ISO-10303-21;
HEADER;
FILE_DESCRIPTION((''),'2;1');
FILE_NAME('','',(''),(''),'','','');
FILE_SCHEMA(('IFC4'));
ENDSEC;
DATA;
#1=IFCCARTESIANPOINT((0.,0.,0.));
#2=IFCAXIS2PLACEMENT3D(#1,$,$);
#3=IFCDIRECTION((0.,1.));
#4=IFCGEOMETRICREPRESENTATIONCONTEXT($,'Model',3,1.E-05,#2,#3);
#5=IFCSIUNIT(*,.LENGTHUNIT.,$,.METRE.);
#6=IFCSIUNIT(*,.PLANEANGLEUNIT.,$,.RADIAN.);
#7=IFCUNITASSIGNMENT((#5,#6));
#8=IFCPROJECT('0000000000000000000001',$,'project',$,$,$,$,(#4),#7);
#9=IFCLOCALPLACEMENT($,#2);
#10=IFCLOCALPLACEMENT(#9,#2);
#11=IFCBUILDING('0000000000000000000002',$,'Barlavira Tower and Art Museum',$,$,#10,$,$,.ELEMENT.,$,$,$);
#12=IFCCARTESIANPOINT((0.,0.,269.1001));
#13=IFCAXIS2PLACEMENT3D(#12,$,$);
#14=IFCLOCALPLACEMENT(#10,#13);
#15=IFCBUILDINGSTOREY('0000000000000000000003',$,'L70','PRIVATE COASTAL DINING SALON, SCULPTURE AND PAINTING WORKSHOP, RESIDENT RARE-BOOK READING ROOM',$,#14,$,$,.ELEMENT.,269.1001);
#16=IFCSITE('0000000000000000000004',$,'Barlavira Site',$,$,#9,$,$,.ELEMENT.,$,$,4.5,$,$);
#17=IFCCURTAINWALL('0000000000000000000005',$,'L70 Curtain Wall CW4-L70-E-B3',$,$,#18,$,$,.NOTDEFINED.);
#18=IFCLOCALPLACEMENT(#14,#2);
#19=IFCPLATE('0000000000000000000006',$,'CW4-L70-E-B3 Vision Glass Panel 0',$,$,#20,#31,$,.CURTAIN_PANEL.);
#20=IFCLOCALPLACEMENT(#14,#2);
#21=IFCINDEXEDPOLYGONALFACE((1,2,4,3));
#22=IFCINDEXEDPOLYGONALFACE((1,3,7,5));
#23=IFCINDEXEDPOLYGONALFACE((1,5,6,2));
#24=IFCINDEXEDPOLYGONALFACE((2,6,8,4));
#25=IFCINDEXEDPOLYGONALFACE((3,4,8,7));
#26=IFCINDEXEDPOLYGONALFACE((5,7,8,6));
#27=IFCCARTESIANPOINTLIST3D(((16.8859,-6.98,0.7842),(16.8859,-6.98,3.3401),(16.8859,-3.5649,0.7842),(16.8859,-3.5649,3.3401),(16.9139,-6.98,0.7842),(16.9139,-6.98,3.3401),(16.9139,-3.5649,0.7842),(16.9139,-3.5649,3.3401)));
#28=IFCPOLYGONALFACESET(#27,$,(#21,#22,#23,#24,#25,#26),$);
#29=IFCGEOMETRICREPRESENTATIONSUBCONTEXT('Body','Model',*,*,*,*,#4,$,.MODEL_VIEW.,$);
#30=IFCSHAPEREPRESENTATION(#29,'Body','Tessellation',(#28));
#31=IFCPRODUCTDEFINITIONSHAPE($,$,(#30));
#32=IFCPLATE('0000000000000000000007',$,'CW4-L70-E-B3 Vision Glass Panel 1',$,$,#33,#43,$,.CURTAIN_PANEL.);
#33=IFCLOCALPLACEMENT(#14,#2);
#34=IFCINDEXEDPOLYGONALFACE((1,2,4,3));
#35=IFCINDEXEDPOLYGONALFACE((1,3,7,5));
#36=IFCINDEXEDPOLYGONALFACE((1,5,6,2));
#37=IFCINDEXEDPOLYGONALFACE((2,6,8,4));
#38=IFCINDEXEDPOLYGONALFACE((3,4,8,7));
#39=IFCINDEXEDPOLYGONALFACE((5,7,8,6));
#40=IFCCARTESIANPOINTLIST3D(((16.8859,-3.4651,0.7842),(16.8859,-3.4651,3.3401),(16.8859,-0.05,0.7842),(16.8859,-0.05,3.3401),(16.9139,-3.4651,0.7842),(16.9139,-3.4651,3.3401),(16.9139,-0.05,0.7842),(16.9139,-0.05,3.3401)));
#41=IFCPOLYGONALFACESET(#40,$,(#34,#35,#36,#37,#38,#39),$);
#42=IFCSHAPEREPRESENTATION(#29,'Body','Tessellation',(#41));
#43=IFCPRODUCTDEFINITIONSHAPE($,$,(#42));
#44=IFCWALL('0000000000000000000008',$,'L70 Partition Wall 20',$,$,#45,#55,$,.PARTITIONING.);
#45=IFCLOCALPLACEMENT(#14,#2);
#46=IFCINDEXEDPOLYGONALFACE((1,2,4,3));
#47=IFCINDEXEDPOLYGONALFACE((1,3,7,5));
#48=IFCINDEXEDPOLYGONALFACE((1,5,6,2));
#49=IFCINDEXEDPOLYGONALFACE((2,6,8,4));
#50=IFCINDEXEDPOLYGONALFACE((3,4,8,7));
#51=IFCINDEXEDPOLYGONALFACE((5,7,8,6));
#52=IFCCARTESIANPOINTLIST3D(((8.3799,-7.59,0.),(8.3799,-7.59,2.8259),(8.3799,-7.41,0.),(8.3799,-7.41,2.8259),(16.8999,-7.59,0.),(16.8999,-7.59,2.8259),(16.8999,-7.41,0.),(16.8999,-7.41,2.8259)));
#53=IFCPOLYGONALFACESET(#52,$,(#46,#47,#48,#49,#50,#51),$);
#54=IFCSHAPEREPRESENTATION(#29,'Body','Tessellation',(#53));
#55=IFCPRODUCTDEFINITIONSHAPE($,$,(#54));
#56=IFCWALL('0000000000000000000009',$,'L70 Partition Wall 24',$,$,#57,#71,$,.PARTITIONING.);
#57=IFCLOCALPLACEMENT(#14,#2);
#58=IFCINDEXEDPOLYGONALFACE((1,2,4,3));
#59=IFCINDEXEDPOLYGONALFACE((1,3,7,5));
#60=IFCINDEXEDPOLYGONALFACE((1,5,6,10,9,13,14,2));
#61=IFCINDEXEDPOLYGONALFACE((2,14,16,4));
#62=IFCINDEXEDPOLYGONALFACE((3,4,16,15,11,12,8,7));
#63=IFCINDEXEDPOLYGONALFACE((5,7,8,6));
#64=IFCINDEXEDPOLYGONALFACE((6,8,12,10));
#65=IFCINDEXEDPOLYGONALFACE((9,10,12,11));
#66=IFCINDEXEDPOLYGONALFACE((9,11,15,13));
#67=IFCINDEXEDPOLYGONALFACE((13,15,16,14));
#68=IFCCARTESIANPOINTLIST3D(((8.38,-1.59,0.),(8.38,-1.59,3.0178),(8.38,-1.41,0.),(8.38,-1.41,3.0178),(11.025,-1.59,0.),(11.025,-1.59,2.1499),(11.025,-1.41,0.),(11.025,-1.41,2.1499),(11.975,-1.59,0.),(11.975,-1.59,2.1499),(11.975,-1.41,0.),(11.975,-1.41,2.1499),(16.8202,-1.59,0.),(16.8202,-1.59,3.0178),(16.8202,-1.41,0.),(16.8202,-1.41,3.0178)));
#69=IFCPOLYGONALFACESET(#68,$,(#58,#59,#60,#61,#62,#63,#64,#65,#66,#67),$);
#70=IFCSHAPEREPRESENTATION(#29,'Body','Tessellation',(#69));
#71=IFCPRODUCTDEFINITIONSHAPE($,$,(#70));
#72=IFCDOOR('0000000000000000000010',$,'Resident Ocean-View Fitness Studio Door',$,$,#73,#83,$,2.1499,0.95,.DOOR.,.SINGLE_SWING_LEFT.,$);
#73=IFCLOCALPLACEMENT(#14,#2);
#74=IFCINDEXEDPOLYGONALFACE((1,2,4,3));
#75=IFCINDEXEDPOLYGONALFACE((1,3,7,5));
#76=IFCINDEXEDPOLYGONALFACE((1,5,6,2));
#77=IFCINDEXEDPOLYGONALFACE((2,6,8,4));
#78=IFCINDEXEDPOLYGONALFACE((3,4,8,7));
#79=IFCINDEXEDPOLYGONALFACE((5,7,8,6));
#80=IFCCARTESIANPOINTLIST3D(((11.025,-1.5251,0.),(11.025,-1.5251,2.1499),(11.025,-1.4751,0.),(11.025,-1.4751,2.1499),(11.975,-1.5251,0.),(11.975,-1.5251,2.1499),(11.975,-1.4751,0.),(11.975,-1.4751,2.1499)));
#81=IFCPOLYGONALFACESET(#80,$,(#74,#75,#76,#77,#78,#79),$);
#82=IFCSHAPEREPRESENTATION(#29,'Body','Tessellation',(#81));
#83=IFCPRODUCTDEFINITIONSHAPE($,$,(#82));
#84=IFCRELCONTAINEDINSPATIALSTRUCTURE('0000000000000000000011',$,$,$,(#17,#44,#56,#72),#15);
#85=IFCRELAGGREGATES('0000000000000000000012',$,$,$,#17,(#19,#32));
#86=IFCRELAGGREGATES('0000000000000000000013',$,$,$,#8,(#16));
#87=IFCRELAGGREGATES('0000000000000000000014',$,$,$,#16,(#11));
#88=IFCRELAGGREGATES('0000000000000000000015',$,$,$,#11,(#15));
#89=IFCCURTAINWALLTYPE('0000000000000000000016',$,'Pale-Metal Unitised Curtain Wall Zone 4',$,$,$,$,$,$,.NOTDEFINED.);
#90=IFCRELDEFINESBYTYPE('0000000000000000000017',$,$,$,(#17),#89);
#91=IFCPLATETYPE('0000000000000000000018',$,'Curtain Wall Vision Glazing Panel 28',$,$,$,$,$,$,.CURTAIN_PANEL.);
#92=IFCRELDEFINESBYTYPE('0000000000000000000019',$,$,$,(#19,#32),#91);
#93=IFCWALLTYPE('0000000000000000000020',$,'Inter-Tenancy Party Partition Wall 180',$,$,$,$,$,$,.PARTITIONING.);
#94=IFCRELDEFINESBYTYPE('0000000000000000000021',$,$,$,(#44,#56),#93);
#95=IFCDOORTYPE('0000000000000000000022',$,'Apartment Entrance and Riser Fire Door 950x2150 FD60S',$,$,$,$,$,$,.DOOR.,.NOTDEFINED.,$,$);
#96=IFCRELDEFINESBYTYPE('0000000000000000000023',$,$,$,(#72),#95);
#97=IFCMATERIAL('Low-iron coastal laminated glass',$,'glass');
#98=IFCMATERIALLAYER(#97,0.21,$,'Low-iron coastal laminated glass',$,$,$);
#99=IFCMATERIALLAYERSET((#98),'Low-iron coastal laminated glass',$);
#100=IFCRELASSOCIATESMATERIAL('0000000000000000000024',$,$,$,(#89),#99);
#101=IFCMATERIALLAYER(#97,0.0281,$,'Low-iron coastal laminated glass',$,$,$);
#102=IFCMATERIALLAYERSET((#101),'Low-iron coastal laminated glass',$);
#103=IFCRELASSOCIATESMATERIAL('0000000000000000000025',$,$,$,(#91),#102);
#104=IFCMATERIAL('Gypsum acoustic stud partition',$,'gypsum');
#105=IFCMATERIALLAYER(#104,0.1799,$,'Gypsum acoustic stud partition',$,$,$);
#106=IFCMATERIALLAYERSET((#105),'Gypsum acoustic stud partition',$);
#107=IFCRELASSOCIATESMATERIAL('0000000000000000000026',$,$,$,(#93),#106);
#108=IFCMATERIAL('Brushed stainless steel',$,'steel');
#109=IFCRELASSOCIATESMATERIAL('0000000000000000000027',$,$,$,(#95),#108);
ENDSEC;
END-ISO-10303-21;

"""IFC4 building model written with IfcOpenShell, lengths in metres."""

from ifc_helpers import new_model, si_unit, direction, frame, frame_2d, origin, origin_2d, place, context, subcontext, project, spatial, rectangle, extrude, material, layer, layer_set, type_object, element, fill, aggregate, save


model = new_model("IFC4")

# Units and contexts
model_context = context("Model", 3, precision=1e-05, world=origin(), true_north=direction((0.0, 1.0)))
body_context = subcontext(model_context, "Body", "Model", "MODEL_VIEW")
ifc_project = project(units=[si_unit("LENGTHUNIT", "METRE"), si_unit("PLANEANGLEUNIT", "RADIAN")], contexts=[model_context])

# Site, building, storey
site_placement = place(None, origin())
site = spatial("IfcSite", under=ifc_project, at=site_placement, Name="Barlavira Site", CompositionType="ELEMENT", RefElevation=4.5)
building_placement = place(site_placement, origin())
building = spatial("IfcBuilding", under=site, at=building_placement, Name="Barlavira Tower and Art Museum", CompositionType="ELEMENT")
storey_placement = place(building_placement, frame((0.0, 0.0, 269.1001)))
storey = spatial("IfcBuildingStorey", under=building, at=storey_placement, Name="L70", Description="PRIVATE COASTAL DINING SALON, SCULPTURE AND PAINTING WORKSHOP, RESIDENT RARE-BOOK READING ROOM", CompositionType="ELEMENT", Elevation=269.1001)

# Curtain wall
ifc_material_1 = material(Name="Low-iron coastal laminated glass", Category="glass")
ifc_layer_1 = layer(ifc_material_1, 0.21, Name="Low-iron coastal laminated glass")
ifc_layer_set_1 = layer_set([ifc_layer_1], Name="Low-iron coastal laminated glass")
curtain_wall_type = type_object("IfcCurtainWallType", Name="Pale-Metal Unitised Curtain Wall Zone 4", PredefinedType="NOTDEFINED", material=ifc_layer_set_1)
curtain_wall_placement = place(storey_placement, origin())
curtain_wall = element("IfcCurtainWall", 1, at=curtain_wall_placement, inside=storey, type_object=curtain_wall_type, Name="L70 Curtain Wall CW4-L70-E-B3", PredefinedType="NOTDEFINED")

# Plates
ifc_layer_2 = layer(ifc_material_1, 0.0281, Name="Low-iron coastal laminated glass")
ifc_layer_set_2 = layer_set([ifc_layer_2], Name="Low-iron coastal laminated glass")
plate_type_1 = type_object("IfcPlateType", Name="Curtain Wall Vision Glazing Panel 28", PredefinedType="CURTAIN_PANEL", material=ifc_layer_set_2)
plate_1_placement = place(storey_placement, frame((16.8999, -5.2725, 0.7842), z_axis=(0.0, 0.0, 1.0), x_axis=(0.0, 1.0, 0.0)))
plate_1 = element("IfcPlate", 2, at=plate_1_placement, type_object=plate_type_1, Name="CW4-L70-E-B3 Vision Glass Panel 0", PredefinedType="CURTAIN_PANEL", context=body_context, shape_type="SweptSolid", body=[
    extrude(rectangle(XDim=3.415, YDim=0.0281, at=origin_2d()), origin(), (0.0, 0.0, 1.0), 2.5559),
])
plate_2_placement = place(storey_placement, frame((16.8999, -1.7576, 0.7842), z_axis=(0.0, 0.0, 1.0), x_axis=(0.0, 1.0, 0.0)))
plate_2 = element("IfcPlate", 3, at=plate_2_placement, type_object=plate_type_1, Name="CW4-L70-E-B3 Vision Glass Panel 1", PredefinedType="CURTAIN_PANEL", context=body_context, shape_type="SweptSolid", body=[
    extrude(rectangle(XDim=3.415, YDim=0.0281, at=origin_2d()), origin(), (0.0, 0.0, 1.0), 2.5559),
])
aggregate(curtain_wall, [plate_1, plate_2])

# Wall
ifc_material_2 = material(Name="Gypsum acoustic stud partition", Category="gypsum")
ifc_layer_3 = layer(ifc_material_2, 0.1799, Name="Gypsum acoustic stud partition")
ifc_layer_set_3 = layer_set([ifc_layer_3], Name="Gypsum acoustic stud partition")
wall_type = type_object("IfcWallType", Name="Inter-Tenancy Party Partition Wall 180", PredefinedType="PARTITIONING", material=ifc_layer_set_3)
wall_1_placement = place(storey_placement, frame((8.3799, -7.5, 0.0), z_axis=(0.0, 0.0, 1.0), x_axis=(1.0, 0.0, 0.0)))
element("IfcWall", 4, at=wall_1_placement, inside=storey, type_object=wall_type, Name="L70 Partition Wall 20", PredefinedType="PARTITIONING", context=body_context, shape_type="SweptSolid", body=[
    extrude(rectangle(XDim=8.52, YDim=0.1799, at=frame_2d((4.26, 0.0))), origin(), (0.0, 0.0, 1.0), 2.8259),
])

# Wall, opening, door
wall_2_placement = place(storey_placement, frame((8.3799, -1.5, 0.0), z_axis=(0.0, 0.0, 1.0), x_axis=(1.0, 0.0, 0.0)))
wall_2 = element("IfcWall", 5, at=wall_2_placement, inside=storey, type_object=wall_type, Name="L70 Partition Wall 24", PredefinedType="PARTITIONING", context=body_context, shape_type="SweptSolid", body=[
    extrude(rectangle(XDim=8.4402, YDim=0.1799, at=frame_2d((4.2202, 0.0))), origin(), (0.0, 0.0, 1.0), 3.0178),
])
opening_placement = place(wall_2_placement, frame((2.645, 0.0, 0.0)))
opening = element("IfcOpeningElement", 6, at=opening_placement, cuts=wall_2, PredefinedType="OPENING", context=body_context, shape_type="SweptSolid", body=[
    extrude(rectangle(XDim=0.95, YDim=2.1499, at=frame_2d((0.4751, 1.075))), frame((0.0, 0.1001, 0.0), z_axis=(0.0, -1.0, 0.0), x_axis=(1.0, 0.0, 0.0)), (0.0, 0.0, 1.0), 0.2),
])
ifc_material_3 = material(Name="Brushed stainless steel", Category="steel")
door_type = type_object("IfcDoorType", Name="Apartment Entrance and Riser Fire Door 950x2150 FD60S", OperationType="NOTDEFINED", PredefinedType="DOOR", material=ifc_material_3)
door_placement = place(opening_placement, origin())
door = element("IfcDoor", 7, at=door_placement, inside=storey, type_object=door_type, Name="Resident Ocean-View Fitness Studio Door", OperationType="SINGLE_SWING_LEFT", OverallHeight=2.1499, OverallWidth=0.95, PredefinedType="DOOR", context=body_context, shape_type="SweptSolid", body=[
    extrude(rectangle(XDim=0.95, YDim=2.1499, at=frame_2d((0.4751, 1.075))), frame((0.0, 0.0249, 0.0), z_axis=(0.0, -1.0, 0.0), x_axis=(1.0, 0.0, 0.0)), (0.0, 0.0, 1.0), 0.05),
])
fill(opening, door)

save(model, "model.ifc")
